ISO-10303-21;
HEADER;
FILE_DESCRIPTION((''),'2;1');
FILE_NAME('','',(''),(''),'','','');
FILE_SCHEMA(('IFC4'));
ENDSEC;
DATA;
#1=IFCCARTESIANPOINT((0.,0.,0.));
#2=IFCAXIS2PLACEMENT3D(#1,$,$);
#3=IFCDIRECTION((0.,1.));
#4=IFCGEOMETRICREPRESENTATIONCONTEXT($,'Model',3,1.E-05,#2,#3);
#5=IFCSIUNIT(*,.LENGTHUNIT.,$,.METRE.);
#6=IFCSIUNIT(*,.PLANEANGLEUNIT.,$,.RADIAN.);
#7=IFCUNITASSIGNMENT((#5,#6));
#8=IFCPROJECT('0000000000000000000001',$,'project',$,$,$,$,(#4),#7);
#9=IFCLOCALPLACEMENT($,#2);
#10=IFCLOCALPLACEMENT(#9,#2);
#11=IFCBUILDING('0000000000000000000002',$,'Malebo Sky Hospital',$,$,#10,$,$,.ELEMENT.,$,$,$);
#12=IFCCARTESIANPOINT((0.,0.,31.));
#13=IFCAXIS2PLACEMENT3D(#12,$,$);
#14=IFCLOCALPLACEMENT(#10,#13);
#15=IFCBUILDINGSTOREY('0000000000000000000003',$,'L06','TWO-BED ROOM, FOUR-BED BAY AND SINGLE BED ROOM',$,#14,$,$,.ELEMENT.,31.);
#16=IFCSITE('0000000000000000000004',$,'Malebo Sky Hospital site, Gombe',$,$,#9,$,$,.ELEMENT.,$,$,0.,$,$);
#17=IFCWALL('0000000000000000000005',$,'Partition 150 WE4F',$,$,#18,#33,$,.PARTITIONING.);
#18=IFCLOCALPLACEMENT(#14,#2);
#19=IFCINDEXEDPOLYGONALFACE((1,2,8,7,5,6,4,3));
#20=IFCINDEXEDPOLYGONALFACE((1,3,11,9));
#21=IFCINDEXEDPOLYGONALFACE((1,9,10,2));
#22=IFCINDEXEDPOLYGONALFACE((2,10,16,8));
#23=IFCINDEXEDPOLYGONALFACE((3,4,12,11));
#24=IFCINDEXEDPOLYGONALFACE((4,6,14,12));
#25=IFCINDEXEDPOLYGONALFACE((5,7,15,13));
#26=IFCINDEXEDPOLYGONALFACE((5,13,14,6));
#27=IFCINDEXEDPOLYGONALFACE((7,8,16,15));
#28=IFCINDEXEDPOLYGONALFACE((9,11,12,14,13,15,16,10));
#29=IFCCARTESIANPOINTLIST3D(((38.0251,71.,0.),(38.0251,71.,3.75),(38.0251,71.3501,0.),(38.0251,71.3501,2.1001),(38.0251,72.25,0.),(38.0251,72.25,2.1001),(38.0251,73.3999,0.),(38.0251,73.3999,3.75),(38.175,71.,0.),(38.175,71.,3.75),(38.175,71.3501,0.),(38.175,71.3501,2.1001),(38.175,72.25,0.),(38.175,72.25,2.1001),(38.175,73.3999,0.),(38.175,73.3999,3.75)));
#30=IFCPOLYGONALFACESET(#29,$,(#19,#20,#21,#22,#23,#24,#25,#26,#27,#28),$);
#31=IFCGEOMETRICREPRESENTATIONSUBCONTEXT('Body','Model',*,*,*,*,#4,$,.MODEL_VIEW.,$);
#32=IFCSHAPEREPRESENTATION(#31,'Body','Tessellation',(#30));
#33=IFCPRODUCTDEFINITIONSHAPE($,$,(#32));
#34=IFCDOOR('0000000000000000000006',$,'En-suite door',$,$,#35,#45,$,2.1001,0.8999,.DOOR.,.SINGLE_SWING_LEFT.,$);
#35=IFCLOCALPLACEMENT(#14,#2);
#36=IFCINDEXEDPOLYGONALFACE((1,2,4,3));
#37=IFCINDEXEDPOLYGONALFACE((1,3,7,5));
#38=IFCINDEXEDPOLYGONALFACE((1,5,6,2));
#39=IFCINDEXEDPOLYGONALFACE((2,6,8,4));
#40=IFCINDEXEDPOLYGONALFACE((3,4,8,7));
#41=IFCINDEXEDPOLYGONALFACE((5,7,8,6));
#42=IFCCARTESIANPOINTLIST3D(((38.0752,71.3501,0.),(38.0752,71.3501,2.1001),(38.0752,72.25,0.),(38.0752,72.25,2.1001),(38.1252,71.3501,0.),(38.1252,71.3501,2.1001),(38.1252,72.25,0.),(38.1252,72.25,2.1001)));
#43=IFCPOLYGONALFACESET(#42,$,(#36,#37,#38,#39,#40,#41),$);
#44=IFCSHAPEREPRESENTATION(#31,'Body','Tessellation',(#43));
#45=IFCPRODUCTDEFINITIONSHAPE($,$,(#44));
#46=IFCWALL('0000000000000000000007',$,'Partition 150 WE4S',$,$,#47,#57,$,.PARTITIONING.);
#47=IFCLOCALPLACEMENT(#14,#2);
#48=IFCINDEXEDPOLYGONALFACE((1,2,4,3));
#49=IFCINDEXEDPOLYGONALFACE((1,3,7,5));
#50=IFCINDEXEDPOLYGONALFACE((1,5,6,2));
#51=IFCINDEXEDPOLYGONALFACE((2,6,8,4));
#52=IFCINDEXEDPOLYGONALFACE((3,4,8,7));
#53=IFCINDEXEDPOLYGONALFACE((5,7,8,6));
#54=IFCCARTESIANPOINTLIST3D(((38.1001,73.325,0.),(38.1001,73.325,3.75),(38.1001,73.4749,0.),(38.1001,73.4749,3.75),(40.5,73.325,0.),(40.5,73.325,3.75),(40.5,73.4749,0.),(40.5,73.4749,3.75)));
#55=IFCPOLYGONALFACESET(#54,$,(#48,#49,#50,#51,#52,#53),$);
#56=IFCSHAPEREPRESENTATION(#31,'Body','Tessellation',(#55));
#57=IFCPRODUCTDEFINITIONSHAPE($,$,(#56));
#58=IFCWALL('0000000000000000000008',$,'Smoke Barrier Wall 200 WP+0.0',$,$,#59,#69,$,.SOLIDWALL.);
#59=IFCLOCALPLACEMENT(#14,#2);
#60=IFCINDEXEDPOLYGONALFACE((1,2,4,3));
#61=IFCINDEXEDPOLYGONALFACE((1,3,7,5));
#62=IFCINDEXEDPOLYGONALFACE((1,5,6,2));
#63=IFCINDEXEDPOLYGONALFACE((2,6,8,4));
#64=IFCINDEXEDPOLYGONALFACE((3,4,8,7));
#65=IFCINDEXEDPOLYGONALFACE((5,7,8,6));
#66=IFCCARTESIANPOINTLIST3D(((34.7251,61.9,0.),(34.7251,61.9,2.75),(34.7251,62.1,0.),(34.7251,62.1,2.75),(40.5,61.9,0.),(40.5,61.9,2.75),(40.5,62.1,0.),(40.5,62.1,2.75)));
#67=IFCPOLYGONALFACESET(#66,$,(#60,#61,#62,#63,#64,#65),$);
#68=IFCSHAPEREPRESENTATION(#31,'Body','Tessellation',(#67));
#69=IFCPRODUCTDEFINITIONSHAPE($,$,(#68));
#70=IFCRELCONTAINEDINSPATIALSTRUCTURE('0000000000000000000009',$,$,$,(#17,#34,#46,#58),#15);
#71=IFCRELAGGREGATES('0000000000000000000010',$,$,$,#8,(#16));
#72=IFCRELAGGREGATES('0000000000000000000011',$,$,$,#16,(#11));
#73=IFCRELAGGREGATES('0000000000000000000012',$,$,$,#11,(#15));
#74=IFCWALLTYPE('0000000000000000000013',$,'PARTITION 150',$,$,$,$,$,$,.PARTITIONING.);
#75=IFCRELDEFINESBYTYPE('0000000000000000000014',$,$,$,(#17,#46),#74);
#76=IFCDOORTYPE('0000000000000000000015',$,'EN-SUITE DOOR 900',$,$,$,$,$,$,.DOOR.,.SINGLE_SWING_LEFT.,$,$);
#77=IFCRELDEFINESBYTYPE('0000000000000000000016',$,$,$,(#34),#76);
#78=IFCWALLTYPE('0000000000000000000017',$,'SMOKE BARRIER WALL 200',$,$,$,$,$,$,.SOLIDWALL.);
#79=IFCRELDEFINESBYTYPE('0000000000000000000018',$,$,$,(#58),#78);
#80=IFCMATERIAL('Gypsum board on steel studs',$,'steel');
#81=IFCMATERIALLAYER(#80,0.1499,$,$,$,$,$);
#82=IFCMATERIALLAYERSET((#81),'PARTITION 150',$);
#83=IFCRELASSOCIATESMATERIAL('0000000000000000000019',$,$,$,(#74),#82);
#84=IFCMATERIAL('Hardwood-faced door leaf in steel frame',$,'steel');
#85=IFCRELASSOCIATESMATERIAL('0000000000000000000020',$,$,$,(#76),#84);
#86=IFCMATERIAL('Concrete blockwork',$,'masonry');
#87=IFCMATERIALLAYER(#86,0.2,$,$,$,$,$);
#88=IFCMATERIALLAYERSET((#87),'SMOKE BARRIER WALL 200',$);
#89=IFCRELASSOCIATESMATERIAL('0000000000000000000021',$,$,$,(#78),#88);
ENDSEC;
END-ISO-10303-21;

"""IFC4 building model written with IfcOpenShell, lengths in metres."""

from ifc_helpers import new_model, si_unit, direction, frame, frame_2d, origin, place, context, subcontext, project, spatial, rectangle, extrude, material, layer, layer_set, type_object, element, fill, save


model = new_model("IFC4")

# Units and contexts
model_context = context("Model", 3, precision=1e-05, world=origin(), true_north=direction((0.0, 1.0)))
body_context = subcontext(model_context, "Body", "Model", "MODEL_VIEW")
ifc_project = project(units=[si_unit("LENGTHUNIT", "METRE"), si_unit("PLANEANGLEUNIT", "RADIAN")], contexts=[model_context])

# Site, building, storey
site_placement = place(None, origin())
site = spatial("IfcSite", under=ifc_project, at=site_placement, Name="Malebo Sky Hospital site, Gombe", CompositionType="ELEMENT", RefElevation=0.0)
building_placement = place(site_placement, origin())
building = spatial("IfcBuilding", under=site, at=building_placement, Name="Malebo Sky Hospital", CompositionType="ELEMENT")
storey_placement = place(building_placement, frame((0.0, 0.0, 31.0)))
storey = spatial("IfcBuildingStorey", under=building, at=storey_placement, Name="L06", Description="TWO-BED ROOM, FOUR-BED BAY AND SINGLE BED ROOM", CompositionType="ELEMENT", Elevation=31.0)

# Shared definitions
ifc_material_1 = material(Name="Gypsum board on steel studs", Category="steel")
ifc_layer_1 = layer(ifc_material_1, 0.1499)
ifc_layer_set_1 = layer_set([ifc_layer_1], Name="PARTITION 150")
wall_type_1 = type_object("IfcWallType", Name="PARTITION 150", PredefinedType="PARTITIONING", material=ifc_layer_set_1)

# Shared definitions
ifc_material_2 = material(Name="Hardwood-faced door leaf in steel frame", Category="steel")
door_type = type_object("IfcDoorType", Name="EN-SUITE DOOR 900", OperationType="SINGLE_SWING_LEFT", PredefinedType="DOOR", material=ifc_material_2)

# Wall, opening, door
wall_1_placement = place(storey_placement, frame((38.1001, 71.0, 0.0), z_axis=(0.0, 0.0, 1.0), x_axis=(0.0, 1.0, 0.0)))
wall_1 = element("IfcWall", 1, at=wall_1_placement, inside=storey, type_object=wall_type_1, Name="Partition 150 WE4F", PredefinedType="PARTITIONING", context=body_context, shape_type="SweptSolid", body=[
    extrude(rectangle(XDim=2.3999, YDim=0.1499, at=frame_2d((1.2, 0.0))), origin(), (0.0, 0.0, 1.0), 3.75),
])
opening_1_placement = place(wall_1_placement, frame((0.3501, 0.0, 0.0)))
opening_1 = element("IfcOpeningElement", 2, at=opening_1_placement, cuts=wall_1, PredefinedType="OPENING", context=body_context, shape_type="SweptSolid", body=[
    extrude(rectangle(XDim=0.8999, YDim=2.1001, at=frame_2d((0.45, 1.05))), frame((0.0, 0.085, 0.0), z_axis=(0.0, -1.0, 0.0), x_axis=(1.0, 0.0, 0.0)), (0.0, 0.0, 1.0), 0.1699),
])
door_1_placement = place(opening_1_placement, origin())
door_1 = element("IfcDoor", 3, at=door_1_placement, inside=storey, type_object=door_type, Name="En-suite door", OperationType="SINGLE_SWING_LEFT", OverallHeight=2.1001, OverallWidth=0.8999, PredefinedType="DOOR", context=body_context, shape_type="SweptSolid", body=[
    extrude(rectangle(XDim=0.8999, YDim=2.1001, at=frame_2d((0.45, 1.05))), frame((0.0, 0.0249, 0.0), z_axis=(0.0, -1.0, 0.0), x_axis=(1.0, 0.0, 0.0)), (0.0, 0.0, 1.0), 0.05),
])
fill(opening_1, door_1)

# Walls
wall_2_placement = place(storey_placement, frame((40.5, 73.3999, 0.0), z_axis=(0.0, 0.0, 1.0), x_axis=(-1.0, 0.0, 0.0)))
element("IfcWall", 4, at=wall_2_placement, inside=storey, type_object=wall_type_1, Name="Partition 150 WE4S", PredefinedType="PARTITIONING", context=body_context, shape_type="SweptSolid", body=[
    extrude(rectangle(XDim=2.3999, YDim=0.1499, at=frame_2d((1.2, 0.0))), origin(), (0.0, 0.0, 1.0), 3.75),
])
ifc_material_3 = material(Name="Concrete blockwork", Category="masonry")
ifc_layer_2 = layer(ifc_material_3, 0.2)
ifc_layer_set_2 = layer_set([ifc_layer_2], Name="SMOKE BARRIER WALL 200")
wall_type_2 = type_object("IfcWallType", Name="SMOKE BARRIER WALL 200", PredefinedType="SOLIDWALL", material=ifc_layer_set_2)
wall_3_placement = place(storey_placement, frame((40.5, 62.0, 0.0), z_axis=(0.0, 0.0, 1.0), x_axis=(-1.0, 0.0, 0.0)))
element("IfcWall", 5, at=wall_3_placement, inside=storey, type_object=wall_type_2, Name="Smoke Barrier Wall 200 WP+0.0", PredefinedType="SOLIDWALL", context=body_context, shape_type="SweptSolid", body=[
    extrude(rectangle(XDim=5.7749, YDim=0.2, at=frame_2d((2.8875, 0.0))), origin(), (0.0, 0.0, 1.0), 2.75),
])

save(model, "model.ifc")
